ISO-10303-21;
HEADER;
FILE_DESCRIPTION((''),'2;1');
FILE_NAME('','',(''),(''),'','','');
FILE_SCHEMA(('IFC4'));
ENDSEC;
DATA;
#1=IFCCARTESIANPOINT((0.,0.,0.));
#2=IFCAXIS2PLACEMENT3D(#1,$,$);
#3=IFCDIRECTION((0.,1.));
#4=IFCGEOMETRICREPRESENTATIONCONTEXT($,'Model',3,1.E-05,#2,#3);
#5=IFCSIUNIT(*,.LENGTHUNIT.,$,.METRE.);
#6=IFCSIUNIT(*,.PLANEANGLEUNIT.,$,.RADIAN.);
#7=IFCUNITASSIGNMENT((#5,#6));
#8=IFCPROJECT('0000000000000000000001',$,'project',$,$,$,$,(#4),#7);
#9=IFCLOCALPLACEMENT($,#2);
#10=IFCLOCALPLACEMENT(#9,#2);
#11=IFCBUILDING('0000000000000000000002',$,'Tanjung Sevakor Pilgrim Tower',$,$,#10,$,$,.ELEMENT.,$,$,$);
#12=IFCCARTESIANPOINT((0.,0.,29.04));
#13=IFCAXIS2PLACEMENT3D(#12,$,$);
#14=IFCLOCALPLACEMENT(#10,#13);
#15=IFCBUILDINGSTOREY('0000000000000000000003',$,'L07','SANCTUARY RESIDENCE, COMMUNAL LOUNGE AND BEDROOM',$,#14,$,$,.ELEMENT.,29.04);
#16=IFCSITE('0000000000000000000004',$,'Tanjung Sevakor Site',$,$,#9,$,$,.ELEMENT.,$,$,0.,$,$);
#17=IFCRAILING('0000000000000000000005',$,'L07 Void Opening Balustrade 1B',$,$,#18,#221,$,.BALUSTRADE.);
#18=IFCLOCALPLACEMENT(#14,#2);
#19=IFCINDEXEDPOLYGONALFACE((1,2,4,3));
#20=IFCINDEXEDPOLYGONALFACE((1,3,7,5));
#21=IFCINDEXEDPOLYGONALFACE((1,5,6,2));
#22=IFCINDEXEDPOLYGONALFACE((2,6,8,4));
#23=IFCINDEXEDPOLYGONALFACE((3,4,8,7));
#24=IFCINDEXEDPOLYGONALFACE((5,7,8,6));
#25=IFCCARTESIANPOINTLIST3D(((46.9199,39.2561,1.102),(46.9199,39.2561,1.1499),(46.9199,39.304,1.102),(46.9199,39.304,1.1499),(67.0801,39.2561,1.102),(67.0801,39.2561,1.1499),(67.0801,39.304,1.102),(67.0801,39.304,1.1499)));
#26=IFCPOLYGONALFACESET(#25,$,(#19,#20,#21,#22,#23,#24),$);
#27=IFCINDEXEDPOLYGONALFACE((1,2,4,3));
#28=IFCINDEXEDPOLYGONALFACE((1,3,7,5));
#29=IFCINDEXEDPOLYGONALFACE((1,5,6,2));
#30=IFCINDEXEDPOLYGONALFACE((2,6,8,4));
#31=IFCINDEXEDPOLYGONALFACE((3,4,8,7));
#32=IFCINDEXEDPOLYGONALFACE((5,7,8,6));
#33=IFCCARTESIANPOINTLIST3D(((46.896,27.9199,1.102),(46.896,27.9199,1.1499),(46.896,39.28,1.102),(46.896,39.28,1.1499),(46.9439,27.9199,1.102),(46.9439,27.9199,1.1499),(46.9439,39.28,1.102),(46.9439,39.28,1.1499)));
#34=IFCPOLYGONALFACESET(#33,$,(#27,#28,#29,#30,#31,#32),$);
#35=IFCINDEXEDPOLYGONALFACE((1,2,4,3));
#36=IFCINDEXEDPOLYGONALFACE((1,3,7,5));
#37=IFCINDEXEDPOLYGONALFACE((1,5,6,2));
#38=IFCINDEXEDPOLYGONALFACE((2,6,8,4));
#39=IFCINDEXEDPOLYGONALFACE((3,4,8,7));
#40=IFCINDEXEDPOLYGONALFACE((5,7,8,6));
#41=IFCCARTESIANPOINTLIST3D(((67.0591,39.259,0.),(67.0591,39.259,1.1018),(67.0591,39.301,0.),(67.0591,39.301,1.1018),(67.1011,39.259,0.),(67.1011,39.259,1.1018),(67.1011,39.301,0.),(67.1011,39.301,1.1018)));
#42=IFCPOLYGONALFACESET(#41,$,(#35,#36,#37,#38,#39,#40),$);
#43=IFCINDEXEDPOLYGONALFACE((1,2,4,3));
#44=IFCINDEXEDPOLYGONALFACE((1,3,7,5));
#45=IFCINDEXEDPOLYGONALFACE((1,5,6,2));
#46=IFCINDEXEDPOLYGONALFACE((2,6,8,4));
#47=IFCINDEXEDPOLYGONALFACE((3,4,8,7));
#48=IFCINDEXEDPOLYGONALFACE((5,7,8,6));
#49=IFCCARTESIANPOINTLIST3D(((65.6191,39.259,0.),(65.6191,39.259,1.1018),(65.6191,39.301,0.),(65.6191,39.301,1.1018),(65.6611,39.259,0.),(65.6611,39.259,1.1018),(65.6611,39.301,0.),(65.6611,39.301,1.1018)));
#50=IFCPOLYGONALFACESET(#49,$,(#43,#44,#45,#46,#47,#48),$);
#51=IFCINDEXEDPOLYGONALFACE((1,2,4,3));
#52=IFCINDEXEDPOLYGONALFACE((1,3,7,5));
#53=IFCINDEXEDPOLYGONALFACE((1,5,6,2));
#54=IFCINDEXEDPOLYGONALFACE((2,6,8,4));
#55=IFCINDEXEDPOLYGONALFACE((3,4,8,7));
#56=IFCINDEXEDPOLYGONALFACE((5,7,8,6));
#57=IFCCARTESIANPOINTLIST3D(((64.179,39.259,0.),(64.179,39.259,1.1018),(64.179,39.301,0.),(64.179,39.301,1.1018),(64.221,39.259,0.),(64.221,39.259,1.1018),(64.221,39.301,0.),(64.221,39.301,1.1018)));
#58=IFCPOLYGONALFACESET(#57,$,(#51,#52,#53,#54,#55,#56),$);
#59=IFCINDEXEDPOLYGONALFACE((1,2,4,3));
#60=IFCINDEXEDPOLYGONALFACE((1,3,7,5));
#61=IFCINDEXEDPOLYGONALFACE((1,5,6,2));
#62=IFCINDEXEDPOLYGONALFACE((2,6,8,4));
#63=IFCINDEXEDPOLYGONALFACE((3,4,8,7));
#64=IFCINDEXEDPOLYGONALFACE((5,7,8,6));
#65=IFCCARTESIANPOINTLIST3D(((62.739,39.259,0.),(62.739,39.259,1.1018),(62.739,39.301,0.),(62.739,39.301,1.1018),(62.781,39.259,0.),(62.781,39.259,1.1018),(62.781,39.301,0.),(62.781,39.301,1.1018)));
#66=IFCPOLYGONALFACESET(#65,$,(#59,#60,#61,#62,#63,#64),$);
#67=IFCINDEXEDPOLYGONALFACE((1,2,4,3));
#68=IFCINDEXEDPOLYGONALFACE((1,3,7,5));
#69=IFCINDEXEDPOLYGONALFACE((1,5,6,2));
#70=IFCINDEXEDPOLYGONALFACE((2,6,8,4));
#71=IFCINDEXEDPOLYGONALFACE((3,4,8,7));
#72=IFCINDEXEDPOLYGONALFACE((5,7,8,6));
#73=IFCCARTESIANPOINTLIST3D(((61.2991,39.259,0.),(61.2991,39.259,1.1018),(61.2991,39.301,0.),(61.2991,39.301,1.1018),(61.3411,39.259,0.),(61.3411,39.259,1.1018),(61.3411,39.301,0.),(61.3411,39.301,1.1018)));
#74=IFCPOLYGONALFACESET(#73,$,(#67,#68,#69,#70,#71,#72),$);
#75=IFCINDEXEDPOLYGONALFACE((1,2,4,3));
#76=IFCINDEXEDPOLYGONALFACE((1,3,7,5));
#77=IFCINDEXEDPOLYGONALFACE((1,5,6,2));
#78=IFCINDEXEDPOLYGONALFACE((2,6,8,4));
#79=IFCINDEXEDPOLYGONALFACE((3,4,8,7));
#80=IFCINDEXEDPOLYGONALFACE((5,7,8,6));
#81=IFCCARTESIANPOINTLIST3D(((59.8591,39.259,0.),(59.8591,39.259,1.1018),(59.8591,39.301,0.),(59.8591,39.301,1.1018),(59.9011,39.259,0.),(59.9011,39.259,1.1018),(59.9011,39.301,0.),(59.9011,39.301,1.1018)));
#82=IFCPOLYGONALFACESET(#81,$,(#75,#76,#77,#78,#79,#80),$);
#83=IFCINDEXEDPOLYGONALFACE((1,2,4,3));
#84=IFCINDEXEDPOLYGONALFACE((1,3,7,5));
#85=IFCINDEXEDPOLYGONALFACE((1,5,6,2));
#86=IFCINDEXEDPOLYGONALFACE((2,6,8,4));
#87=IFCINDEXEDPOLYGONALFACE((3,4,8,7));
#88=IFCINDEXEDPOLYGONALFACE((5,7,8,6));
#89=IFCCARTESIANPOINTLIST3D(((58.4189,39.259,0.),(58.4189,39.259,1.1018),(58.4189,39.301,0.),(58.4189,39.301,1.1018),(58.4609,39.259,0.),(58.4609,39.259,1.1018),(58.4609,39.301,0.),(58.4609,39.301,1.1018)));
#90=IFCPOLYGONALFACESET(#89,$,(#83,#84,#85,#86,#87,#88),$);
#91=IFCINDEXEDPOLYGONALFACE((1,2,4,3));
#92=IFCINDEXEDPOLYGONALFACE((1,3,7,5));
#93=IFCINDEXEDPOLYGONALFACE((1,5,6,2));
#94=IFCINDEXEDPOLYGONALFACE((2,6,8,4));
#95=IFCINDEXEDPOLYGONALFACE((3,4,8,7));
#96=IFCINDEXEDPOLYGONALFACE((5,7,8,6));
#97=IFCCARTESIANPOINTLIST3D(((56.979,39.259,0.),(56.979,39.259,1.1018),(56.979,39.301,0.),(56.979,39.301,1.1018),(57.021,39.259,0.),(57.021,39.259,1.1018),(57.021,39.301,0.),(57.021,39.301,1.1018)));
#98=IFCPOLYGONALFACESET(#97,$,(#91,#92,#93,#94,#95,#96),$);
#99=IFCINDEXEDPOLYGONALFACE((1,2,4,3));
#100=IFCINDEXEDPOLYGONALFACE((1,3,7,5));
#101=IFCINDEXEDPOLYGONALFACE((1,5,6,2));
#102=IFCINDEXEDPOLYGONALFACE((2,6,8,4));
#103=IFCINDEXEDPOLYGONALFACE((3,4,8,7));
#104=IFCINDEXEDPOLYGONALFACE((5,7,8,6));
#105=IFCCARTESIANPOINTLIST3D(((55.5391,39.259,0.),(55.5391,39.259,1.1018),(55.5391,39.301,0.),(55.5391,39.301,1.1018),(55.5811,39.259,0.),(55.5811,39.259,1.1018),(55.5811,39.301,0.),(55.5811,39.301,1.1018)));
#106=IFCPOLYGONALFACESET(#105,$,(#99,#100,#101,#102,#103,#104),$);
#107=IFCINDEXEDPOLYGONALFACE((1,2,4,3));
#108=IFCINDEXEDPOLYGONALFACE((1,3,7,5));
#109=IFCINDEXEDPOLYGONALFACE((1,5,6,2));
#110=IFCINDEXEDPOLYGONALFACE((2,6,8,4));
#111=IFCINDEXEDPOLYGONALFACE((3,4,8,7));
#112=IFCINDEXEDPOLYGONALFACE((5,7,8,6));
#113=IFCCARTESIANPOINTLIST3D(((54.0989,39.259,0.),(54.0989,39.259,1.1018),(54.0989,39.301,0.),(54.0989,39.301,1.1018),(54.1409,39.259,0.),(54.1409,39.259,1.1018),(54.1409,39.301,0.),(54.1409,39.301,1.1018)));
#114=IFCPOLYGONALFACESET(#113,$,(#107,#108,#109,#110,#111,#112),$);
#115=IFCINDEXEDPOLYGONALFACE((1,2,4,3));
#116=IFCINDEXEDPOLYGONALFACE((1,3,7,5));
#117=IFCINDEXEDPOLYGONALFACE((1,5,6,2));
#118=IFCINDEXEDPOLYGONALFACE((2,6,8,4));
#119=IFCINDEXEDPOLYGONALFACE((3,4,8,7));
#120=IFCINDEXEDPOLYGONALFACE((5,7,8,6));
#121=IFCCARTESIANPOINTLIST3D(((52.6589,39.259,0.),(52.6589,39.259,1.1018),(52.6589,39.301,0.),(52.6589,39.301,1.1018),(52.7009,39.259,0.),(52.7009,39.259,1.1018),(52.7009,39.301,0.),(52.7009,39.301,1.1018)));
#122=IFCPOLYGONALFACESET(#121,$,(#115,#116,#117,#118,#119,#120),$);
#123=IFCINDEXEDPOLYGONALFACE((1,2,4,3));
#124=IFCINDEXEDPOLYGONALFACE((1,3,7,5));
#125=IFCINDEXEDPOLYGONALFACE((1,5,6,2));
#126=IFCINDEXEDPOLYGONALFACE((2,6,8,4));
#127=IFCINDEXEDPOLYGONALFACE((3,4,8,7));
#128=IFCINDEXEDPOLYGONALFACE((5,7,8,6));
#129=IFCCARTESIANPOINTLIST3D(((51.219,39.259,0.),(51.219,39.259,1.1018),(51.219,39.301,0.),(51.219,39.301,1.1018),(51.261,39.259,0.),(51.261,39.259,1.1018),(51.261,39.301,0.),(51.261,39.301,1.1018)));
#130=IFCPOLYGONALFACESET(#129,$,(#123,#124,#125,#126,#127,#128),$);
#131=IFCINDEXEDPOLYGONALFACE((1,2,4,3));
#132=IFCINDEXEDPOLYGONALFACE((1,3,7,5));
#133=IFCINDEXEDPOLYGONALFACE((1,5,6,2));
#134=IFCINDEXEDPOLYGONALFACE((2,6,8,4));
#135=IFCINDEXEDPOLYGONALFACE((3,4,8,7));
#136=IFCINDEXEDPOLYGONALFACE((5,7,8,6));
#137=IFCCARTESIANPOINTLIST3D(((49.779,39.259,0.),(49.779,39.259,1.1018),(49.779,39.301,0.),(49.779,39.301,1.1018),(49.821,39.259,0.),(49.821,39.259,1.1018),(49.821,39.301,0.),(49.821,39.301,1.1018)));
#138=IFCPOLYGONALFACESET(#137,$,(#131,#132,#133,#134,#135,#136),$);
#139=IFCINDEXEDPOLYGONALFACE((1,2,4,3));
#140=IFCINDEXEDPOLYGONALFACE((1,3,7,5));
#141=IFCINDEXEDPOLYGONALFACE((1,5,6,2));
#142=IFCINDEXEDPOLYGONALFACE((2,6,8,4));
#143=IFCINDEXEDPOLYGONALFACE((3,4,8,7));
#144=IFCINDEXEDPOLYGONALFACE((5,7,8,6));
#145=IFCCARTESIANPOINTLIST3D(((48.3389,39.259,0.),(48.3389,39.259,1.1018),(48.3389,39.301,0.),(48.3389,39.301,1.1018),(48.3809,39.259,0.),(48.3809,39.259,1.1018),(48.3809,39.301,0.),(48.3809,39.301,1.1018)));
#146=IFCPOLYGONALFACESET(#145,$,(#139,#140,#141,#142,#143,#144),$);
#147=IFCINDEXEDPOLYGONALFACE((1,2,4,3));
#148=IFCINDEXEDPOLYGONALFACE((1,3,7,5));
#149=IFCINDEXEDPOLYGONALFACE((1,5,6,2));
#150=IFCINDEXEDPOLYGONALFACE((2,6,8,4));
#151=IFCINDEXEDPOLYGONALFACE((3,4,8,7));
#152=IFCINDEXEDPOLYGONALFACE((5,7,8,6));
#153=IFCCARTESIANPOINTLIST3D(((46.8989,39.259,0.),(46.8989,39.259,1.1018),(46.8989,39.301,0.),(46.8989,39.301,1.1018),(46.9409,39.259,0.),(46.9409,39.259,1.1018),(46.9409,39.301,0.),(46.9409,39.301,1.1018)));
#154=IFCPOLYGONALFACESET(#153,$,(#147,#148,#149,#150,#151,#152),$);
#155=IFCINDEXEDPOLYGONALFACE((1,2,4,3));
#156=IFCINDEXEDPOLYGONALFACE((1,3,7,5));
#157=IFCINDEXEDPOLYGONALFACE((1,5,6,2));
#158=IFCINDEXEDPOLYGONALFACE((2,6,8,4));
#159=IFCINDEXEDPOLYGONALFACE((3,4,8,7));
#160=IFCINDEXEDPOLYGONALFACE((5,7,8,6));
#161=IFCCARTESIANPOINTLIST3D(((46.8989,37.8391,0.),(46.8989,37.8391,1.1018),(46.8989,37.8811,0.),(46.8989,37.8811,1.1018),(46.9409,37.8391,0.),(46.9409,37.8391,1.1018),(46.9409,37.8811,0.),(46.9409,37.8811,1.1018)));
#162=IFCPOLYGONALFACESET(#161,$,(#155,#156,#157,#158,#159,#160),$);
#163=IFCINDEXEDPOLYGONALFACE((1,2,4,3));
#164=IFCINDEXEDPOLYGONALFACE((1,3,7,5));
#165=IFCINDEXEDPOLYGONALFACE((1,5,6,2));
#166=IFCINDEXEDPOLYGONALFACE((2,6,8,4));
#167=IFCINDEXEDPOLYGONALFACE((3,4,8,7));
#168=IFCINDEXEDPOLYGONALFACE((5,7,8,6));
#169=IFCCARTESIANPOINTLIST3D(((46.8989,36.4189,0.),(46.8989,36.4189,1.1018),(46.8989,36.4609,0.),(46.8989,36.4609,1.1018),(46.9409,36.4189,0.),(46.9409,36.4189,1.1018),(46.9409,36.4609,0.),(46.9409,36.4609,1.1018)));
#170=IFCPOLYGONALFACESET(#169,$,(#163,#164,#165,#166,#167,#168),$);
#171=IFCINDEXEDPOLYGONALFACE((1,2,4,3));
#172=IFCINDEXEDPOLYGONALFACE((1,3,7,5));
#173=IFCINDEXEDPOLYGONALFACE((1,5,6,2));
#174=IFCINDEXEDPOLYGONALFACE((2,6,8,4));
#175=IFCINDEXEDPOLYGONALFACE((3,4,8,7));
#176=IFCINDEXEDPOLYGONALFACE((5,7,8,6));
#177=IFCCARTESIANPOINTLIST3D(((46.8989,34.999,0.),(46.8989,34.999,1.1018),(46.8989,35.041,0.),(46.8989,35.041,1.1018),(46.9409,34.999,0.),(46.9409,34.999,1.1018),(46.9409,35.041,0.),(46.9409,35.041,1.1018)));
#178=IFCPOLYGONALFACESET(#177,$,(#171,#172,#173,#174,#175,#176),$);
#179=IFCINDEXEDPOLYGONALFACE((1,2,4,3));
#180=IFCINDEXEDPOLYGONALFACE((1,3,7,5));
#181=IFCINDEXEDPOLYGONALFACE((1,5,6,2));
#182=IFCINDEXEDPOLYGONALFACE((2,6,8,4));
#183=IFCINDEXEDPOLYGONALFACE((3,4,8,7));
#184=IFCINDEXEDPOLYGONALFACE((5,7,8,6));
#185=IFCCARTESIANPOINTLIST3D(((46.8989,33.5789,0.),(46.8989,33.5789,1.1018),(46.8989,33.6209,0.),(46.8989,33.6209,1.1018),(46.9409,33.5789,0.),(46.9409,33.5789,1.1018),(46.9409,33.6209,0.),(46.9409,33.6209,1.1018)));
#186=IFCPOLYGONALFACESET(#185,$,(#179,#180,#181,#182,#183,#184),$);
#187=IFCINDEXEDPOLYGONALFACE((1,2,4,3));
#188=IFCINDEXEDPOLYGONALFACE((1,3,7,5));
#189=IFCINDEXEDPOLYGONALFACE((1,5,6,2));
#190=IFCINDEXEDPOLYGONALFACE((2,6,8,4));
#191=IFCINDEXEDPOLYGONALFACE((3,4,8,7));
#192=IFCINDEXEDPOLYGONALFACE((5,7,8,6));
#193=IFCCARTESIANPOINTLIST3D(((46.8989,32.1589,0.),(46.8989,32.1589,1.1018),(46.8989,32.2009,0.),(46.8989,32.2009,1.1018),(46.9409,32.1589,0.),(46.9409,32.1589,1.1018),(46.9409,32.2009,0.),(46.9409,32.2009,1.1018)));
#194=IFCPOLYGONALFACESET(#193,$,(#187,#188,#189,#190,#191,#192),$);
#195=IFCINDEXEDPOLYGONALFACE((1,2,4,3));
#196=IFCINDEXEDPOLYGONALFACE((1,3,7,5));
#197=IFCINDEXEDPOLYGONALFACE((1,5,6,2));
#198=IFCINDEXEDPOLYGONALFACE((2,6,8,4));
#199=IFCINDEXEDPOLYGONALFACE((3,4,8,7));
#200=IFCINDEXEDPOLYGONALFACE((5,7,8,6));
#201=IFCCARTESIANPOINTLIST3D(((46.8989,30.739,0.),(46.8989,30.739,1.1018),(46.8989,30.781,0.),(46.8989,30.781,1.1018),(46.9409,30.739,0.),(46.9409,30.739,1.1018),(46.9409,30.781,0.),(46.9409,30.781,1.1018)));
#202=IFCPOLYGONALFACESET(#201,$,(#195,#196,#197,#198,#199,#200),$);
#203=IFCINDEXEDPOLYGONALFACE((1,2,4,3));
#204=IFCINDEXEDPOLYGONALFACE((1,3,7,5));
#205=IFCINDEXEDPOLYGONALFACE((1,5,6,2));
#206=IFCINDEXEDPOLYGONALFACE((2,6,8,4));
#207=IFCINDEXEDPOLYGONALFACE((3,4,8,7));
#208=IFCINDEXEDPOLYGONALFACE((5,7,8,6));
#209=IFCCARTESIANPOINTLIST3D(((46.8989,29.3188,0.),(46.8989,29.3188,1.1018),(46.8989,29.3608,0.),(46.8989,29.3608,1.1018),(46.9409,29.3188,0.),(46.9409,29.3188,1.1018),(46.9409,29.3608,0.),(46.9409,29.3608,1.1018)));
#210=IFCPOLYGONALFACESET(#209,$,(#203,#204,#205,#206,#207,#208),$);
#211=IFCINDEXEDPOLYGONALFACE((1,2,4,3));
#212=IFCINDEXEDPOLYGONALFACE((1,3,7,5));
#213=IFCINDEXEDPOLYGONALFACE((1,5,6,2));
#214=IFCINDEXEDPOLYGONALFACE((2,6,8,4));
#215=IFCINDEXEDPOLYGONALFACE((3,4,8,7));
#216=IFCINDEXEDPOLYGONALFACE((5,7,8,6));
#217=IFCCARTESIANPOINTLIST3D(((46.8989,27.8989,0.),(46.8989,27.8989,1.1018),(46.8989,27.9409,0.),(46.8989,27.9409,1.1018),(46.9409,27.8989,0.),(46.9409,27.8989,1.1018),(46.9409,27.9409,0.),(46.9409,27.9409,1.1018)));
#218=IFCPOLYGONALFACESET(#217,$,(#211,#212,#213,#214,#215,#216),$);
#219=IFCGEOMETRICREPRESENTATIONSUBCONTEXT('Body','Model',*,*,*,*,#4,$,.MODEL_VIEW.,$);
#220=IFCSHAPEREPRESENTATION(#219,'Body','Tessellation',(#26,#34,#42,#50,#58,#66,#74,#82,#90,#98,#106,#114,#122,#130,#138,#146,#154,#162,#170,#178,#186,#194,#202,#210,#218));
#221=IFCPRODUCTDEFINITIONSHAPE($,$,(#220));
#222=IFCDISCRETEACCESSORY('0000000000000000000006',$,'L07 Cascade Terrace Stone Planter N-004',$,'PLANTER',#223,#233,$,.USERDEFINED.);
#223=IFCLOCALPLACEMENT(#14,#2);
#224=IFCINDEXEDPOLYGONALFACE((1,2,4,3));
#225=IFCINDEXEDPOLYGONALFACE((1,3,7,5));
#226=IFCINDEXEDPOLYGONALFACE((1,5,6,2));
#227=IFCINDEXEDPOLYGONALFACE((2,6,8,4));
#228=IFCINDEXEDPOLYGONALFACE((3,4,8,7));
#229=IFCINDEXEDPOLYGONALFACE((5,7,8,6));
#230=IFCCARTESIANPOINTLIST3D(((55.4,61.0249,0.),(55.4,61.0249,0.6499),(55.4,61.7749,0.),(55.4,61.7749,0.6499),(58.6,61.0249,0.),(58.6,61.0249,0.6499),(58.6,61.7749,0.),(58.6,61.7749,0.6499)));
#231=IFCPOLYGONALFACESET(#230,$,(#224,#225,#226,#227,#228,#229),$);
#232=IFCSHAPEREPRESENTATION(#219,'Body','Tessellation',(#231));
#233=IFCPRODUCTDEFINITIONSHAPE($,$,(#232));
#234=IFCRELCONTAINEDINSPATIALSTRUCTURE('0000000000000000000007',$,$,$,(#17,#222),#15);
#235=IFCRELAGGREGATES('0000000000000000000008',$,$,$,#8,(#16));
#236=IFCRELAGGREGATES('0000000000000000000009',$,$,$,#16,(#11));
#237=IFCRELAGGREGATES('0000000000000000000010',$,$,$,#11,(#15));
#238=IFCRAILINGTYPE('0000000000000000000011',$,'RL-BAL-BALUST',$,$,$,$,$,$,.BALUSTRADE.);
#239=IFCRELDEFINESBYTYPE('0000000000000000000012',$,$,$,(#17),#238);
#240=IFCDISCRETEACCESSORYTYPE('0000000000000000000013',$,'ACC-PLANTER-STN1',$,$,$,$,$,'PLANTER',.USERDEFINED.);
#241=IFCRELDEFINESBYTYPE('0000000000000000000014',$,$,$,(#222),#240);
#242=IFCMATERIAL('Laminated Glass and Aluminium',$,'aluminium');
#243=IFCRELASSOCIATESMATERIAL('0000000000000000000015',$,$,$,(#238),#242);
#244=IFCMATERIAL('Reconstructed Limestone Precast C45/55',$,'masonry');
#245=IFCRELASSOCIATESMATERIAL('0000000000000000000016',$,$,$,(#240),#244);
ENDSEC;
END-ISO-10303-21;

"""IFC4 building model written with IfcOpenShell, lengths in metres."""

from ifc_helpers import new_model, si_unit, direction, frame, origin, origin_2d, place, context, subcontext, project, spatial, rectangle, extrude, material, type_object, element, save


model = new_model("IFC4")

# Units and contexts
model_context = context("Model", 3, precision=1e-05, world=origin(), true_north=direction((0.0, 1.0)))
body_context = subcontext(model_context, "Body", "Model", "MODEL_VIEW")
ifc_project = project(units=[si_unit("LENGTHUNIT", "METRE"), si_unit("PLANEANGLEUNIT", "RADIAN")], contexts=[model_context])

# Site, building, storey
site_placement = place(None, origin())
site = spatial("IfcSite", under=ifc_project, at=site_placement, Name="Tanjung Sevakor Site", CompositionType="ELEMENT", RefElevation=0.0)
building_placement = place(site_placement, origin())
building = spatial("IfcBuilding", under=site, at=building_placement, Name="Tanjung Sevakor Pilgrim Tower", CompositionType="ELEMENT")
storey_placement = place(building_placement, frame((0.0, 0.0, 29.04)))
storey = spatial("IfcBuildingStorey", under=building, at=storey_placement, Name="L07", Description="SANCTUARY RESIDENCE, COMMUNAL LOUNGE AND BEDROOM", CompositionType="ELEMENT", Elevation=29.04)

# Railing
ifc_material_1 = material(Name="Laminated Glass and Aluminium", Category="aluminium")
railing_type = type_object("IfcRailingType", Name="RL-BAL-BALUST", PredefinedType="BALUSTRADE", material=ifc_material_1)
railing_placement = place(storey_placement, frame((67.0801, 39.28, 0.0)))
element("IfcRailing", 1, at=railing_placement, inside=storey, type_object=railing_type, Name="L07 Void Opening Balustrade 1B", PredefinedType="BALUSTRADE", context=body_context, shape_type="SweptSolid", body=[
    extrude(rectangle(XDim=0.0479, YDim=0.0479), frame((0.0, 0.0, 1.126), z_axis=(-1.0, 0.0, 0.0), x_axis=(0.0, -1.0, 0.0)), (0.0, 0.0, 1.0), 20.1602),
    extrude(rectangle(XDim=0.0479, YDim=0.0479), frame((-20.1602, 0.0, 1.126), z_axis=(0.0, -1.0, 0.0), x_axis=(1.0, 0.0, 0.0)), (0.0, 0.0, 1.0), 11.3601),
    extrude(rectangle(XDim=0.042, YDim=0.042), origin(), (0.0, 0.0, 1.0), 1.1018),
    extrude(rectangle(XDim=0.042, YDim=0.042), frame((-1.4399, 0.0, 0.0)), (0.0, 0.0, 1.0), 1.1018),
    extrude(rectangle(XDim=0.042, YDim=0.042), frame((-2.8801, 0.0, 0.0)), (0.0, 0.0, 1.0), 1.1018),
    extrude(rectangle(XDim=0.042, YDim=0.042), frame((-4.3201, 0.0, 0.0)), (0.0, 0.0, 1.0), 1.1018),
    extrude(rectangle(XDim=0.042, YDim=0.042), frame((-5.76, 0.0, 0.0)), (0.0, 0.0, 1.0), 1.1018),
    extrude(rectangle(XDim=0.042, YDim=0.042), frame((-7.2, 0.0, 0.0)), (0.0, 0.0, 1.0), 1.1018),
    extrude(rectangle(XDim=0.042, YDim=0.042), frame((-8.6401, 0.0, 0.0)), (0.0, 0.0, 1.0), 1.1018),
    extrude(rectangle(XDim=0.042, YDim=0.042), frame((-10.0801, 0.0, 0.0)), (0.0, 0.0, 1.0), 1.1018),
    extrude(rectangle(XDim=0.042, YDim=0.042), frame((-11.52, 0.0, 0.0)), (0.0, 0.0, 1.0), 1.1018),
    extrude(rectangle(XDim=0.042, YDim=0.042), frame((-12.9602, 0.0, 0.0)), (0.0, 0.0, 1.0), 1.1018),
    extrude(rectangle(XDim=0.042, YDim=0.042), frame((-14.4001, 0.0, 0.0)), (0.0, 0.0, 1.0), 1.1018),
    extrude(rectangle(XDim=0.042, YDim=0.042), frame((-15.8401, 0.0, 0.0)), (0.0, 0.0, 1.0), 1.1018),
    extrude(rectangle(XDim=0.042, YDim=0.042), frame((-17.28, 0.0, 0.0)), (0.0, 0.0, 1.0), 1.1018),
    extrude(rectangle(XDim=0.042, YDim=0.042), frame((-18.7202, 0.0, 0.0)), (0.0, 0.0, 1.0), 1.1018),
    extrude(rectangle(XDim=0.042, YDim=0.042), frame((-20.1602, 0.0, 0.0)), (0.0, 0.0, 1.0), 1.1018),
    extrude(rectangle(XDim=0.042, YDim=0.042), frame((-20.1602, -1.4199, 0.0)), (0.0, 0.0, 1.0), 1.1018),
    extrude(rectangle(XDim=0.042, YDim=0.042), frame((-20.1602, -2.8401, 0.0)), (0.0, 0.0, 1.0), 1.1018),
    extrude(rectangle(XDim=0.042, YDim=0.042), frame((-20.1602, -4.26, 0.0)), (0.0, 0.0, 1.0), 1.1018),
    extrude(rectangle(XDim=0.042, YDim=0.042), frame((-20.1602, -5.6802, 0.0)), (0.0, 0.0, 1.0), 1.1018),
    extrude(rectangle(XDim=0.042, YDim=0.042), frame((-20.1602, -7.1001, 0.0)), (0.0, 0.0, 1.0), 1.1018),
    extrude(rectangle(XDim=0.042, YDim=0.042), frame((-20.1602, -8.52, 0.0)), (0.0, 0.0, 1.0), 1.1018),
    extrude(rectangle(XDim=0.042, YDim=0.042), frame((-20.1602, -9.9402, 0.0)), (0.0, 0.0, 1.0), 1.1018),
    extrude(rectangle(XDim=0.042, YDim=0.042), frame((-20.1602, -11.3601, 0.0)), (0.0, 0.0, 1.0), 1.1018),
])

# Discrete accessory
ifc_material_2 = material(Name="Reconstructed Limestone Precast C45/55", Category="masonry")
discrete_accessory_type = type_object("IfcDiscreteAccessoryType", Name="ACC-PLANTER-STN1", ElementType="PLANTER", PredefinedType="USERDEFINED", material=ifc_material_2)
discrete_accessory_placement = place(storey_placement, frame((57.0, 61.3999, 0.0), z_axis=(0.0, 0.0, 1.0), x_axis=(1.0, 0.0, 0.0)))
element("IfcDiscreteAccessory", 2, at=discrete_accessory_placement, inside=storey, type_object=discrete_accessory_type, Name="L07 Cascade Terrace Stone Planter N-004", ObjectType="PLANTER", PredefinedType="USERDEFINED", context=body_context, shape_type="SweptSolid", body=[
    extrude(rectangle(XDim=3.2, YDim=0.75, at=origin_2d()), origin(), (0.0, 0.0, 1.0), 0.6499),
])

save(model, "model.ifc")
